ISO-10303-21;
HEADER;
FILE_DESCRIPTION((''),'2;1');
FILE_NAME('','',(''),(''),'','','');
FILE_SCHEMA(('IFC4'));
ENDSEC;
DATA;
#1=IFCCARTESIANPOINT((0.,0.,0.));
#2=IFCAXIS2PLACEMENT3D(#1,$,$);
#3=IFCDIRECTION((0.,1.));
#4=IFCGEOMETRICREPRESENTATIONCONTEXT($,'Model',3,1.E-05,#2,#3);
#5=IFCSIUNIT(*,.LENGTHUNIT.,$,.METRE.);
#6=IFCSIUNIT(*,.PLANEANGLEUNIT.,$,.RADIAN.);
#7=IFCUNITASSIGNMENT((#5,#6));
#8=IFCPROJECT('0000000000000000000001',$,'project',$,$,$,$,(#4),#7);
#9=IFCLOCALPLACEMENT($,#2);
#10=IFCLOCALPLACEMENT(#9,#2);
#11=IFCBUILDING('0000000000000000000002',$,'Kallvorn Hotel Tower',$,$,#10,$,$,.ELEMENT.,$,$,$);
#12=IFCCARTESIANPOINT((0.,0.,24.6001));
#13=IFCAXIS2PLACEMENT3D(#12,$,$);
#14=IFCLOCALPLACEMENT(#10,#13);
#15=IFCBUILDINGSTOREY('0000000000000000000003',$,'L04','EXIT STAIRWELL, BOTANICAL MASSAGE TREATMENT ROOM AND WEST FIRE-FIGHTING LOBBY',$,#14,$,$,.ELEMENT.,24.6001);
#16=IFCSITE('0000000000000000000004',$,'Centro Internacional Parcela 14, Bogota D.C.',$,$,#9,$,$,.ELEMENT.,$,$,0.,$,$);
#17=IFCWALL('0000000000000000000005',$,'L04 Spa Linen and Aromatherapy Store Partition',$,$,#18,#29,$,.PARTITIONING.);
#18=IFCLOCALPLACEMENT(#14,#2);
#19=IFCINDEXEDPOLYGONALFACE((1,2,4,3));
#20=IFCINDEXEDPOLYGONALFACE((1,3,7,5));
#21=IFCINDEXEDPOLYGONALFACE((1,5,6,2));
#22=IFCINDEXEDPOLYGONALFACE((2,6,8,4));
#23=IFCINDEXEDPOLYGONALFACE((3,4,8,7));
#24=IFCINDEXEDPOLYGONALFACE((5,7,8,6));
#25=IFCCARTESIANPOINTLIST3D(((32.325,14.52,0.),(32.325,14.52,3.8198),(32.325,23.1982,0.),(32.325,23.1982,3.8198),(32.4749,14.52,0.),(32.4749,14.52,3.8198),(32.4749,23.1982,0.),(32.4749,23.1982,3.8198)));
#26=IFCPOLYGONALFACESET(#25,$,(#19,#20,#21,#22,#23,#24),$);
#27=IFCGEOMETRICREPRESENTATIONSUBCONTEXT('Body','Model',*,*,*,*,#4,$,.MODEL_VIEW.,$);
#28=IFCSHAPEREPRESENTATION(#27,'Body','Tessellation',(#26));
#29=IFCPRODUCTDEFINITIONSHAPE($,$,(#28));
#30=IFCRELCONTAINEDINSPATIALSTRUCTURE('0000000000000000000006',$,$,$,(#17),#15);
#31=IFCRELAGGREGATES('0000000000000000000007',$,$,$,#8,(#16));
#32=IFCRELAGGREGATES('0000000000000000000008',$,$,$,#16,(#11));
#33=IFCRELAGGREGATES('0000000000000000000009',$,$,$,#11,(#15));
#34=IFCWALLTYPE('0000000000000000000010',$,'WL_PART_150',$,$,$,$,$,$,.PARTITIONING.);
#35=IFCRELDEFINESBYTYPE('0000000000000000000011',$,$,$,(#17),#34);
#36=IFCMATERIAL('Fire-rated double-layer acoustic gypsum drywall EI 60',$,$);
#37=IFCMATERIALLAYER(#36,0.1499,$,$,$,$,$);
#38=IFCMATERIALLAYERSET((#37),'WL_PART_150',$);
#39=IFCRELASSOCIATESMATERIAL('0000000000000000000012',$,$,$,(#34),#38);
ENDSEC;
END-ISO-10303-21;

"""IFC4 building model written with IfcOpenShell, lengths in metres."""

from ifc_helpers import new_model, si_unit, direction, frame, frame_2d, origin, place, context, subcontext, project, spatial, rectangle, extrude, material, layer, layer_set, type_object, element, save


model = new_model("IFC4")

# Units and contexts
model_context = context("Model", 3, precision=1e-05, world=origin(), true_north=direction((0.0, 1.0)))
body_context = subcontext(model_context, "Body", "Model", "MODEL_VIEW")
ifc_project = project(units=[si_unit("LENGTHUNIT", "METRE"), si_unit("PLANEANGLEUNIT", "RADIAN")], contexts=[model_context])

# Site, building, storey
site_placement = place(None, origin())
site = spatial("IfcSite", under=ifc_project, at=site_placement, Name="Centro Internacional Parcela 14, Bogota D.C.", CompositionType="ELEMENT", RefElevation=0.0)
building_placement = place(site_placement, origin())
building = spatial("IfcBuilding", under=site, at=building_placement, Name="Kallvorn Hotel Tower", CompositionType="ELEMENT")
storey_placement = place(building_placement, frame((0.0, 0.0, 24.6001)))
storey = spatial("IfcBuildingStorey", under=building, at=storey_placement, Name="L04", Description="EXIT STAIRWELL, BOTANICAL MASSAGE TREATMENT ROOM AND WEST FIRE-FIGHTING LOBBY", CompositionType="ELEMENT", Elevation=24.6001)

# Wall
ifc_material_1 = material(Name="Fire-rated double-layer acoustic gypsum drywall EI 60")
ifc_layer_1 = layer(ifc_material_1, 0.1499)
ifc_layer_set_1 = layer_set([ifc_layer_1], Name="WL_PART_150")
wall_type_1 = type_object("IfcWallType", Name="WL_PART_150", PredefinedType="PARTITIONING", material=ifc_layer_set_1)
wall_1_placement = place(storey_placement, frame((32.3999, 14.52, 0.0), z_axis=(0.0, 0.0, 1.0), x_axis=(0.0, 1.0, 0.0)))
element("IfcWall", 1, at=wall_1_placement, inside=storey, type_object=wall_type_1, Name="L04 Spa Linen and Aromatherapy Store Partition", PredefinedType="PARTITIONING", context=body_context, shape_type="SweptSolid", body=[
    extrude(rectangle(XDim=8.6782, YDim=0.1499, at=frame_2d((4.3391, 0.0))), origin(), (0.0, 0.0, 1.0), 3.8198),
])

save(model, "model.ifc")
